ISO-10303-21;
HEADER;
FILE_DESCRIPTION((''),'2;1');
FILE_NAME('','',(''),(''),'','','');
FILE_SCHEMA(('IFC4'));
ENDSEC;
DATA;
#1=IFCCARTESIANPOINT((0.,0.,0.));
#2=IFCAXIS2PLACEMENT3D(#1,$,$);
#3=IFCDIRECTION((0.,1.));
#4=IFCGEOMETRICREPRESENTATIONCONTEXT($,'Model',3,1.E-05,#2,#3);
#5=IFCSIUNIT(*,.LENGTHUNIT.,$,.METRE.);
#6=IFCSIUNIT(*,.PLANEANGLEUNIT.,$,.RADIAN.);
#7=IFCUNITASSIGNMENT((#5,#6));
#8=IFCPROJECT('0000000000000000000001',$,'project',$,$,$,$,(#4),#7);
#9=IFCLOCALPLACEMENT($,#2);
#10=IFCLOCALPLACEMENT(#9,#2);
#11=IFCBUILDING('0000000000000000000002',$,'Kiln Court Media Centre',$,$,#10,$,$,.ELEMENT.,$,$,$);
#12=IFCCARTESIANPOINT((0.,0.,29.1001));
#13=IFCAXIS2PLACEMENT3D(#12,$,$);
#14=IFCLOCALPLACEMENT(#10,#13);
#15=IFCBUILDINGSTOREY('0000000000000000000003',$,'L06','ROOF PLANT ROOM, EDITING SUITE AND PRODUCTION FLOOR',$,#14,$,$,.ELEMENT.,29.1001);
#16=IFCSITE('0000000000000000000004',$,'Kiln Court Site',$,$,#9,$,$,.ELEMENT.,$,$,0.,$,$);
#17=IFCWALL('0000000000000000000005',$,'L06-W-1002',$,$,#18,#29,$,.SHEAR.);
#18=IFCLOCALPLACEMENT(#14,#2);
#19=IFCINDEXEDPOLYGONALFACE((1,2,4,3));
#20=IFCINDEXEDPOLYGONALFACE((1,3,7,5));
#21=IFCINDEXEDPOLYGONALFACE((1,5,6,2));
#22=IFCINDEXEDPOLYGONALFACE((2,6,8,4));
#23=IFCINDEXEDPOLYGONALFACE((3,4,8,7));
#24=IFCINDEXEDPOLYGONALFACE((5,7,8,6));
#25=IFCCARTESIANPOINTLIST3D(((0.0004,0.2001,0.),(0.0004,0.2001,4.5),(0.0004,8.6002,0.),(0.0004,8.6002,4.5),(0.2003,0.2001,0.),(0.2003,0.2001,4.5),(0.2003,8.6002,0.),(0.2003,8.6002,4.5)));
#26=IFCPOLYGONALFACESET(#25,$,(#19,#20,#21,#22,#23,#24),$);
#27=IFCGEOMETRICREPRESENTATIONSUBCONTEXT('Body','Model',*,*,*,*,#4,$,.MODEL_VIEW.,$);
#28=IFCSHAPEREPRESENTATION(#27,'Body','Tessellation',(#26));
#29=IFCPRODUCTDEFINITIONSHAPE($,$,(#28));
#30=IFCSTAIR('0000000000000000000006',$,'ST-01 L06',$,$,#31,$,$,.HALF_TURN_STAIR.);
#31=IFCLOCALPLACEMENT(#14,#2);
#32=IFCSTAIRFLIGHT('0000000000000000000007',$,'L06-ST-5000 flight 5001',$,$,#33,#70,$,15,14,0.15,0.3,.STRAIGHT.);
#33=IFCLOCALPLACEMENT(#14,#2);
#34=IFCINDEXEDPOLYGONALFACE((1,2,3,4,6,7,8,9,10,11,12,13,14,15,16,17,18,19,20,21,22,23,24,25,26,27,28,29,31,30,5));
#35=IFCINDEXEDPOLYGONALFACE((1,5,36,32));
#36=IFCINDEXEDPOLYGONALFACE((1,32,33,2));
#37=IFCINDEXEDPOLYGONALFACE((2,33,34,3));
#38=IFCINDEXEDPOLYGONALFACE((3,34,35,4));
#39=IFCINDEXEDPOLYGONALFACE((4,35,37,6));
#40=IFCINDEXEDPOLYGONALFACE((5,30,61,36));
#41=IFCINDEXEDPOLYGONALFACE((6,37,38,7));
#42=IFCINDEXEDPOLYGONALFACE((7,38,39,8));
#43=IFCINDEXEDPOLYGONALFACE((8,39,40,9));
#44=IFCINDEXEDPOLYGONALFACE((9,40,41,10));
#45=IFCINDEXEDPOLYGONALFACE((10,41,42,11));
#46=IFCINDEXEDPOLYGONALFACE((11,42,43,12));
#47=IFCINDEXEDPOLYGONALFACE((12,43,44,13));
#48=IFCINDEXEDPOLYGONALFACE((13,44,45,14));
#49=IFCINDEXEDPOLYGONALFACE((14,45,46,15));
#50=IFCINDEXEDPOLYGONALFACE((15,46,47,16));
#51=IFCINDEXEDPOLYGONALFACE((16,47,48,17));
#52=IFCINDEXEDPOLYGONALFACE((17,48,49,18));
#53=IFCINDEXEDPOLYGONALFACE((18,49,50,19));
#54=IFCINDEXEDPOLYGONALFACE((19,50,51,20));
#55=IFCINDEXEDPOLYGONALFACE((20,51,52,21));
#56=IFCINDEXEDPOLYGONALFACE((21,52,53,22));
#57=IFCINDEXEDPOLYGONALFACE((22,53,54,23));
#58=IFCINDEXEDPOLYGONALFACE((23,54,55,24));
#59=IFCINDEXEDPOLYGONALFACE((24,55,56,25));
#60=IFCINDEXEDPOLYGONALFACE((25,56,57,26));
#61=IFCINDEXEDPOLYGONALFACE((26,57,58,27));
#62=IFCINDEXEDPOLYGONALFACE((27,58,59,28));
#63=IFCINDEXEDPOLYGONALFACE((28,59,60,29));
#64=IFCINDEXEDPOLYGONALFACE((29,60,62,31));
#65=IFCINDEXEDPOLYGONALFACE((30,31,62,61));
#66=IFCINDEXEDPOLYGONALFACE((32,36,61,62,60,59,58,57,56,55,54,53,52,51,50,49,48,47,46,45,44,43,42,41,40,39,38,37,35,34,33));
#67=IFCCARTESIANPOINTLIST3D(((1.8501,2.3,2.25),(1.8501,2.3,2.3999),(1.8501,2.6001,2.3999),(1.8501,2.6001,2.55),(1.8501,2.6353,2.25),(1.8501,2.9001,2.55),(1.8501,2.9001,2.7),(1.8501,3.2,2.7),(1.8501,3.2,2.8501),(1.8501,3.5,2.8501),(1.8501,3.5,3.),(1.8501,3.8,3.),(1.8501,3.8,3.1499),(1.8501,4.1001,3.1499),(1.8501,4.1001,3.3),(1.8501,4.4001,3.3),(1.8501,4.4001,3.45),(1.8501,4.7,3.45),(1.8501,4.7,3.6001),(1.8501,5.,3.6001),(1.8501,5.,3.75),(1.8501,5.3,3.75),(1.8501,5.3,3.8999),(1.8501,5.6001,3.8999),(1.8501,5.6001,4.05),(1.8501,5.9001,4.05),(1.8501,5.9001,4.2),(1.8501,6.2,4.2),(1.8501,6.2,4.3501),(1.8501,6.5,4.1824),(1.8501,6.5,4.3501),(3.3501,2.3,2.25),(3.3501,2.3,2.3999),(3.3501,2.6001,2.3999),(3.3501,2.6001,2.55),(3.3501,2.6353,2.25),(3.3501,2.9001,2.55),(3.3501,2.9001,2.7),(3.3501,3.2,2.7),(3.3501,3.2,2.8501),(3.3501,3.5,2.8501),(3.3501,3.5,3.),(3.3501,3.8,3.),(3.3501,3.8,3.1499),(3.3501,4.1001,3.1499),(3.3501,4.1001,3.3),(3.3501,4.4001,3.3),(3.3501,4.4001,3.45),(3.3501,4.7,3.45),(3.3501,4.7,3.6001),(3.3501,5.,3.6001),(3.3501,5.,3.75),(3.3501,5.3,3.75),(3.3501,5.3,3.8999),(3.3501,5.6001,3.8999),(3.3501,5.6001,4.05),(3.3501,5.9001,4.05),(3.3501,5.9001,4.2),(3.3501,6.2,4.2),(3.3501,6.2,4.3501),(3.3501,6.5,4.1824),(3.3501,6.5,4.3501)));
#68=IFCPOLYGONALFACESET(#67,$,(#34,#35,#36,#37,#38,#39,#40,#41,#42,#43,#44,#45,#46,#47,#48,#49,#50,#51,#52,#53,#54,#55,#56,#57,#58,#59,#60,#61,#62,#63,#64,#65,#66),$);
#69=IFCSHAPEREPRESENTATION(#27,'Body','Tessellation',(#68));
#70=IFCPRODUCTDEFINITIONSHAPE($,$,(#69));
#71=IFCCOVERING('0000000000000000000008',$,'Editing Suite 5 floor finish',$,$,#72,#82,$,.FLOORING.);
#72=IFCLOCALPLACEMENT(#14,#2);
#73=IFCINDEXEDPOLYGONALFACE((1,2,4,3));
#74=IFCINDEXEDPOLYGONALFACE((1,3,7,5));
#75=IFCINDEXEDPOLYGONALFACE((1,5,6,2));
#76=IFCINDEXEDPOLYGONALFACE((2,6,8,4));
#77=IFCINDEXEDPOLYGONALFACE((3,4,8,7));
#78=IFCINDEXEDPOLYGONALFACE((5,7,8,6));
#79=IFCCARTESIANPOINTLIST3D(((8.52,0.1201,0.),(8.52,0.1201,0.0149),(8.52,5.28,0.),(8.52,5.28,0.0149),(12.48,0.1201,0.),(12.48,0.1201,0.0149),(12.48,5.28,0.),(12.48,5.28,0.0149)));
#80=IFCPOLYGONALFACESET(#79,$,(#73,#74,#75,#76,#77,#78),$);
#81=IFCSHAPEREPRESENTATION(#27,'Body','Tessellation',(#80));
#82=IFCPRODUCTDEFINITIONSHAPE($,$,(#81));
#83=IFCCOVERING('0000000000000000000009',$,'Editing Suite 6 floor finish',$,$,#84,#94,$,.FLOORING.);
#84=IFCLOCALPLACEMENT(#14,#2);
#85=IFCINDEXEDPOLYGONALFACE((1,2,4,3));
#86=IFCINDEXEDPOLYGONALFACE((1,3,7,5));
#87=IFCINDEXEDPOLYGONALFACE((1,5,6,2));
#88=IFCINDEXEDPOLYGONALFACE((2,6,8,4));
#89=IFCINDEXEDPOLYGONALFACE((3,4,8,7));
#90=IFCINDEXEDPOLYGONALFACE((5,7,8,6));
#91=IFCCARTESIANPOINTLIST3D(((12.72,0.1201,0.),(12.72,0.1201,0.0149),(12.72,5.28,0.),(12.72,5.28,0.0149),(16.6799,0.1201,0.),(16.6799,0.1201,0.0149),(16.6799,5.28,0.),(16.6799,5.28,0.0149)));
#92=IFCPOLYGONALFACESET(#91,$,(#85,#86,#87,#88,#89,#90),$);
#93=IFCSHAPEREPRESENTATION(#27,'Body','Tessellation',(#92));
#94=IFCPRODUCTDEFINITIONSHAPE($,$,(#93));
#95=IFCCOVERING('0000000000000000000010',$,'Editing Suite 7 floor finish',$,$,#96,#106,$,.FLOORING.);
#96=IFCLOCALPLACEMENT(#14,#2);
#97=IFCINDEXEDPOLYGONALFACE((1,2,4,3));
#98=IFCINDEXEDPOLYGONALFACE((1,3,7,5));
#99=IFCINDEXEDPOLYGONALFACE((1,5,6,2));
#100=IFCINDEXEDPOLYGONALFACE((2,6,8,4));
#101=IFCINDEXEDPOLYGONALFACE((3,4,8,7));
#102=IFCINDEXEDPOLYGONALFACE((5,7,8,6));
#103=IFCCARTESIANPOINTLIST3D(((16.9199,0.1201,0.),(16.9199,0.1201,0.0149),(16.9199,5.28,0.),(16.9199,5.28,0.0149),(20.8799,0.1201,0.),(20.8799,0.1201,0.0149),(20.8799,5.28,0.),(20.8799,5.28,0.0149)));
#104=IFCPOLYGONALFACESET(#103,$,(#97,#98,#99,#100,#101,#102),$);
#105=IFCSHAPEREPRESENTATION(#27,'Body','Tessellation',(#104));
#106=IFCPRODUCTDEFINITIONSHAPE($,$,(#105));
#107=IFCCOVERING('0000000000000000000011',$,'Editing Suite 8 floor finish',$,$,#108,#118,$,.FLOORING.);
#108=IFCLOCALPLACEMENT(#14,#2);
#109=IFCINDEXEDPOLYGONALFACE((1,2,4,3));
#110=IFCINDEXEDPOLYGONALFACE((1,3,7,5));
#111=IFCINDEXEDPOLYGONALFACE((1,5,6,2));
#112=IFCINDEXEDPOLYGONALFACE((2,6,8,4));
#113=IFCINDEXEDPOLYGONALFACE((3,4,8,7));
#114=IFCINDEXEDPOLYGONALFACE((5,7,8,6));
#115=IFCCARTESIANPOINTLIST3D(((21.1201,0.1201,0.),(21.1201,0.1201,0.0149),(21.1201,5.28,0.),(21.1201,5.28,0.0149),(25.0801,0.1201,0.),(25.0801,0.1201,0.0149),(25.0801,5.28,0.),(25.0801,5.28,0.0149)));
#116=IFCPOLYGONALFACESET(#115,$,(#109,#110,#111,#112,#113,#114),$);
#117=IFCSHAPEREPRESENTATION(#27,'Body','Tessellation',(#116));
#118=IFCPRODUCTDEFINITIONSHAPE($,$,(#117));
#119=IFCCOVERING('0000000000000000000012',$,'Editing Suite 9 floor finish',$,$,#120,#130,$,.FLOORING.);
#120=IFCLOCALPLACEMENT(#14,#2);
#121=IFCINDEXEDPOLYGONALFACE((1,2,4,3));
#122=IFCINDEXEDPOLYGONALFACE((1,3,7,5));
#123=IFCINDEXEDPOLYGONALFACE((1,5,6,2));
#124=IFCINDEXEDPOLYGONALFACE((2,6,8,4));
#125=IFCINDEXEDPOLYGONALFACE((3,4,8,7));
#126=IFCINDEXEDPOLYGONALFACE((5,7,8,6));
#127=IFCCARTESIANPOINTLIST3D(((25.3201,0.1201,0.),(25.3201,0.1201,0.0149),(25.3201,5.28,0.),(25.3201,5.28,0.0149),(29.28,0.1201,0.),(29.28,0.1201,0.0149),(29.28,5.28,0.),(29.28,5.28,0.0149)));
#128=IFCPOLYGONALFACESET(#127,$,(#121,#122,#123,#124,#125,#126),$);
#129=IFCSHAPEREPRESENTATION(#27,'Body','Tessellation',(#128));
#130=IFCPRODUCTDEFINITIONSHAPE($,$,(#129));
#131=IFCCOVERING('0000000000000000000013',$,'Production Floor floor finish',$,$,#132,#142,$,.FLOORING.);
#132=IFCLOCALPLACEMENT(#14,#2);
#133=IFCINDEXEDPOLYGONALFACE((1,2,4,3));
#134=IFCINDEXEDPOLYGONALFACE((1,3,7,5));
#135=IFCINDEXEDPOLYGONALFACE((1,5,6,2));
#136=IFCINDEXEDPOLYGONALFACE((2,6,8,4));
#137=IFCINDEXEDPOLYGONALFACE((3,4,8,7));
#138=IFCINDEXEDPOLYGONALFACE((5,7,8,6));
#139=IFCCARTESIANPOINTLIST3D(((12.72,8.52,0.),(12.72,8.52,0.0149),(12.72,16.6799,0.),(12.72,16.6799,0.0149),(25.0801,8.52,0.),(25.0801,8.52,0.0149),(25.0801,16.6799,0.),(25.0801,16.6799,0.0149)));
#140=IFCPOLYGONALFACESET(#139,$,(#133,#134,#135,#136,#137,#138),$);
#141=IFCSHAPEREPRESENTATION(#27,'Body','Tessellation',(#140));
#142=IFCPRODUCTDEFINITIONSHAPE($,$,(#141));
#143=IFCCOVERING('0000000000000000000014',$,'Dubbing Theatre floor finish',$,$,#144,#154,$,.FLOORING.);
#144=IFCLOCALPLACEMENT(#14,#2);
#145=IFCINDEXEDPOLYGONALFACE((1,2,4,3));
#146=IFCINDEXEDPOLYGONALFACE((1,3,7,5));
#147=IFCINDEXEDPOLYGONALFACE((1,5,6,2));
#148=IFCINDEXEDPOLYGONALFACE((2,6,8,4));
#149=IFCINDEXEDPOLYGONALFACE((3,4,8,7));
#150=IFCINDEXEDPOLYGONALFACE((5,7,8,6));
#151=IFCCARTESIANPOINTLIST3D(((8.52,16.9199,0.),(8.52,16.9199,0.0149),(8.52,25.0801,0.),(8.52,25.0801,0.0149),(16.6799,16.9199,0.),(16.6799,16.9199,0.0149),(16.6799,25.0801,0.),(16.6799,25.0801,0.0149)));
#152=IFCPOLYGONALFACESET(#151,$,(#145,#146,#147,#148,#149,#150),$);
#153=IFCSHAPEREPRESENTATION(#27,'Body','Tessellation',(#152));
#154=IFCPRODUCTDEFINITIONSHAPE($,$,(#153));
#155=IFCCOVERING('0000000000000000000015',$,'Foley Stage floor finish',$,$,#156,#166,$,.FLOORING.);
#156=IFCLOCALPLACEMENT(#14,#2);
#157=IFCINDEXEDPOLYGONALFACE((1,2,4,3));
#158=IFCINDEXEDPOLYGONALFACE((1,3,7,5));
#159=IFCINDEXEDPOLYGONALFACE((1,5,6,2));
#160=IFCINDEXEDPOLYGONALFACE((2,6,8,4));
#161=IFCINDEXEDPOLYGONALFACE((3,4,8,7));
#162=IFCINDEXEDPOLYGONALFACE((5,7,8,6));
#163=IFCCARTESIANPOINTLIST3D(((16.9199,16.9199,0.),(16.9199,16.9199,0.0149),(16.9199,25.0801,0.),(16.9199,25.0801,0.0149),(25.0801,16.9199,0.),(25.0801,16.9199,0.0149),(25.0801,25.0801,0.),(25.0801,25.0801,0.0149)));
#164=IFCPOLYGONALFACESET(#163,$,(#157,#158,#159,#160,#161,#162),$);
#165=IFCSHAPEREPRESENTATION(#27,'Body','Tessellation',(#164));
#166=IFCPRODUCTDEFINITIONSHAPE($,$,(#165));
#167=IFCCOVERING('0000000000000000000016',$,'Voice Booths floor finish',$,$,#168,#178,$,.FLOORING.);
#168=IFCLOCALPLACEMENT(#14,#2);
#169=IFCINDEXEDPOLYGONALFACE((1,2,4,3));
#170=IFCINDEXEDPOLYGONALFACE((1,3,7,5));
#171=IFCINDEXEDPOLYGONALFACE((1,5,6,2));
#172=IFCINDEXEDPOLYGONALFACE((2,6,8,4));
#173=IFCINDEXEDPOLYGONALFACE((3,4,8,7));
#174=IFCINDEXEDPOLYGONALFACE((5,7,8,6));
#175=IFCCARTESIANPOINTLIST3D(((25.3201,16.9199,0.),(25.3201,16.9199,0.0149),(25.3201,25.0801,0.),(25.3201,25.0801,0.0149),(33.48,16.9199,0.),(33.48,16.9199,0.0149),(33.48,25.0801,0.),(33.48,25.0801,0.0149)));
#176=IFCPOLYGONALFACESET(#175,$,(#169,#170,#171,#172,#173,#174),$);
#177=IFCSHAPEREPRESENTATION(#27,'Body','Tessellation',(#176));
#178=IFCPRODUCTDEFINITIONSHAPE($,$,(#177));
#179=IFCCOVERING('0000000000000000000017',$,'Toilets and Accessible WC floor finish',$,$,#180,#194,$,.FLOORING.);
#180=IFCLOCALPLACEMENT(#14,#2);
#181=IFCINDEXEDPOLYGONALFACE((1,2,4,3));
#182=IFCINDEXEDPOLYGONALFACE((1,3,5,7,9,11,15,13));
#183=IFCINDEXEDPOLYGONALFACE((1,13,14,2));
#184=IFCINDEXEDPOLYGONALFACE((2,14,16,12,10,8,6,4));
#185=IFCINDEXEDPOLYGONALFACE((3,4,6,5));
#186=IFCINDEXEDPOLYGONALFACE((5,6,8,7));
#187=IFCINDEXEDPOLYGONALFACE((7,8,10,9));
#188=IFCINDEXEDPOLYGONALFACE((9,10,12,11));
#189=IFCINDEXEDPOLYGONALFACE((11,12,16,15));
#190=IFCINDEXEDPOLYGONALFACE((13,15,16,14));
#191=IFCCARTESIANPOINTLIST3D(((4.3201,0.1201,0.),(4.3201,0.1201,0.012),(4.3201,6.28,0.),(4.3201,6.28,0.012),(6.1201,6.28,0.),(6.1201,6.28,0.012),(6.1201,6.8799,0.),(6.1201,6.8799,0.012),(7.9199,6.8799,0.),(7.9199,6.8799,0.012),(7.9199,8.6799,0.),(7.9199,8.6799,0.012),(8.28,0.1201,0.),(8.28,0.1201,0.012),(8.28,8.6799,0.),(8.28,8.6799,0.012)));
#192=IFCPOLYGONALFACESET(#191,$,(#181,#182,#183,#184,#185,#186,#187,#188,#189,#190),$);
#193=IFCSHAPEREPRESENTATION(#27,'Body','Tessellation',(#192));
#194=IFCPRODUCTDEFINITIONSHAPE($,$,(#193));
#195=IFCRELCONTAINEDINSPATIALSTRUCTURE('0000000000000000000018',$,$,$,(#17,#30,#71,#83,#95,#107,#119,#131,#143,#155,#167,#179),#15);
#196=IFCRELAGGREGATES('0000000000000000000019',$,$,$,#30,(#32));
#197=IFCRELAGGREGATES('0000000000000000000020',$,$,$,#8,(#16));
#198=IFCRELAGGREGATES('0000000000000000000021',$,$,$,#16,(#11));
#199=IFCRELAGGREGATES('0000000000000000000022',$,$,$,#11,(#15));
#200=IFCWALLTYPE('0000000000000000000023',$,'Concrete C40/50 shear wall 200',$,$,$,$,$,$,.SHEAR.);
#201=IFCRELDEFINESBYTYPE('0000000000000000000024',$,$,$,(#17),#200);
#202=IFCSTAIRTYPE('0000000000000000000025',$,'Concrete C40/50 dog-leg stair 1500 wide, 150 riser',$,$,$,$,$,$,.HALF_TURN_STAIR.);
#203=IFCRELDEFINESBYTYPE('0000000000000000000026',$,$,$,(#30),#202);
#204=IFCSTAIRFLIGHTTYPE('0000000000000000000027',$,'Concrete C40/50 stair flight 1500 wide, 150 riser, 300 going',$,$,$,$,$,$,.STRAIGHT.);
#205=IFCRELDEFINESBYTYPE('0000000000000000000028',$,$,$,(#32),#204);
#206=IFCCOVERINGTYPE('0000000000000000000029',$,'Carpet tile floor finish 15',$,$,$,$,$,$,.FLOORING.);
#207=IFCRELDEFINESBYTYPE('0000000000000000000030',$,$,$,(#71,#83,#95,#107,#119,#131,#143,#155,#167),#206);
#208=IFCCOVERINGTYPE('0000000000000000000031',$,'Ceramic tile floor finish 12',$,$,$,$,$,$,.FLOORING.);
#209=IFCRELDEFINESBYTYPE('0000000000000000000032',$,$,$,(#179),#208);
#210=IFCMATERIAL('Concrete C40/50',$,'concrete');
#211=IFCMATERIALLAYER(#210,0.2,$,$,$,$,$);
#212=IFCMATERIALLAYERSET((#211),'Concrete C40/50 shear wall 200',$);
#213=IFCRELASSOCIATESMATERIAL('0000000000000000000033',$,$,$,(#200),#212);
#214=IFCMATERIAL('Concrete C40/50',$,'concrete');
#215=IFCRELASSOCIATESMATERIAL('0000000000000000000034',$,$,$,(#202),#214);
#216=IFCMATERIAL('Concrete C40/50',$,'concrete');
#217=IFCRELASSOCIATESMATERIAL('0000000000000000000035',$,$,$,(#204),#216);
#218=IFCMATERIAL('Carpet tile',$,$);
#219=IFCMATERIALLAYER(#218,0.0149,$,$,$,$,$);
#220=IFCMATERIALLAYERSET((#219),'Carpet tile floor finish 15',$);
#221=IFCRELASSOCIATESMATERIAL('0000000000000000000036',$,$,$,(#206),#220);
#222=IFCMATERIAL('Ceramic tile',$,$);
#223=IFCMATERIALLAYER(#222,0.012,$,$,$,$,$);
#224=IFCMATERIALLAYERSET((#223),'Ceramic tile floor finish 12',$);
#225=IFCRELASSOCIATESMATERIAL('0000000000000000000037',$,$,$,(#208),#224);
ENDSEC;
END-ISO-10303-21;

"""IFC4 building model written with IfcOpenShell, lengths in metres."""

from ifc_helpers import new_model, si_unit, direction, frame, frame_2d, origin, place, context, subcontext, project, spatial, polyline, rectangle, outline, extrude, material, layer, layer_set, type_object, element, aggregate, save


model = new_model("IFC4")

# Units and contexts
model_context = context("Model", 3, precision=1e-05, world=origin(), true_north=direction((0.0, 1.0)))
body_context = subcontext(model_context, "Body", "Model", "MODEL_VIEW")
ifc_project = project(units=[si_unit("LENGTHUNIT", "METRE"), si_unit("PLANEANGLEUNIT", "RADIAN")], contexts=[model_context])

# Site, building, storey
site_placement = place(None, origin())
site = spatial("IfcSite", under=ifc_project, at=site_placement, Name="Kiln Court Site", CompositionType="ELEMENT", RefElevation=0.0)
building_placement = place(site_placement, origin())
building = spatial("IfcBuilding", under=site, at=building_placement, Name="Kiln Court Media Centre", CompositionType="ELEMENT")
storey_placement = place(building_placement, frame((0.0, 0.0, 29.1001)))
storey = spatial("IfcBuildingStorey", under=building, at=storey_placement, Name="L06", Description="ROOF PLANT ROOM, EDITING SUITE AND PRODUCTION FLOOR", CompositionType="ELEMENT", Elevation=29.1001)

# Wall
ifc_material_1 = material(Name="Concrete C40/50", Category="concrete")
ifc_layer_1 = layer(ifc_material_1, 0.2)
ifc_layer_set_1 = layer_set([ifc_layer_1], Name="Concrete C40/50 shear wall 200")
wall_type = type_object("IfcWallType", Name="Concrete C40/50 shear wall 200", PredefinedType="SHEAR", material=ifc_layer_set_1)
wall_placement = place(storey_placement, frame((0.1003, 0.2, 0.0), z_axis=(0.0, 0.0, 1.0), x_axis=(0.0, 1.0, 0.0)))
element("IfcWall", 1, at=wall_placement, inside=storey, type_object=wall_type, Name="L06-W-1002", PredefinedType="SHEAR", context=body_context, shape_type="SweptSolid", body=[
    extrude(rectangle(XDim=8.4001, YDim=0.2, at=frame_2d((4.2002, 0.0))), origin(), (0.0, 0.0, 1.0), 4.5),
])

# Stair, stair flight
ifc_material_2 = material(Name="Concrete C40/50", Category="concrete")
stair_type = type_object("IfcStairType", Name="Concrete C40/50 dog-leg stair 1500 wide, 150 riser", PredefinedType="HALF_TURN_STAIR", material=ifc_material_2)
stair_placement = place(storey_placement, origin())
stair = element("IfcStair", 2, at=stair_placement, inside=storey, type_object=stair_type, Name="ST-01 L06", PredefinedType="HALF_TURN_STAIR")
ifc_material_3 = material(Name="Concrete C40/50", Category="concrete")
stair_flight_type = type_object("IfcStairFlightType", Name="Concrete C40/50 stair flight 1500 wide, 150 riser, 300 going", PredefinedType="STRAIGHT", material=ifc_material_3)
stair_flight_placement = place(storey_placement, frame((2.6001, 2.3, 2.25), z_axis=(0.0, 0.0, 1.0), x_axis=(0.0, 1.0, 0.0)))
stair_flight = element("IfcStairFlight", 3, at=stair_flight_placement, type_object=stair_flight_type, Name="L06-ST-5000 flight 5001", NumberOfRisers=15, NumberOfTreads=14, PredefinedType="STRAIGHT", RiserHeight=0.15, TreadLength=0.3, context=body_context, shape_type="SweptSolid", body=[
    extrude(outline(polyline([(0.0, 0.0), (0.0, 0.1499), (0.3, 0.1499), (0.3, 0.3), (0.6001, 0.3), (0.6001, 0.45), (0.8999, 0.45), (0.8999, 0.6001), (1.2, 0.6001), (1.2, 0.75), (1.5, 0.75), (1.5, 0.8999), (1.8, 0.8999), (1.8, 1.05), (2.1001, 1.05), (2.1001, 1.2), (2.3999, 1.2), (2.3999, 1.3501), (2.7, 1.3501), (2.7, 1.5), (3.0, 1.5), (3.0, 1.6499), (3.3, 1.6499), (3.3, 1.8), (3.6001, 1.8), (3.6001, 1.95), (3.8999, 1.95), (3.8999, 2.1001), (4.2, 2.1001), (4.2, 2.25), (4.2, 1.9324), (0.3352, 0.0), (0.0, 0.0)])), frame((0.0, 0.75, 0.0), z_axis=(0.0, -1.0, 0.0), x_axis=(1.0, 0.0, 0.0)), (0.0, 0.0, 1.0), 1.5),
])
aggregate(stair, [stair_flight])

# Coverings
ifc_material_4 = material(Name="Carpet tile")
ifc_layer_2 = layer(ifc_material_4, 0.0149)
ifc_layer_set_2 = layer_set([ifc_layer_2], Name="Carpet tile floor finish 15")
covering_type_1 = type_object("IfcCoveringType", Name="Carpet tile floor finish 15", PredefinedType="FLOORING", material=ifc_layer_set_2)
covering_1_placement = place(storey_placement, origin())
element("IfcCovering", 4, at=covering_1_placement, inside=storey, type_object=covering_type_1, Name="Editing Suite 5 floor finish", PredefinedType="FLOORING", context=body_context, shape_type="SweptSolid", body=[
    extrude(outline(polyline([(8.52, 0.1201), (12.48, 0.1201), (12.48, 5.28), (8.52, 5.28), (8.52, 0.1201)])), origin(), (0.0, 0.0, 1.0), 0.0149),
])
covering_2_placement = place(storey_placement, origin())
element("IfcCovering", 5, at=covering_2_placement, inside=storey, type_object=covering_type_1, Name="Editing Suite 6 floor finish", PredefinedType="FLOORING", context=body_context, shape_type="SweptSolid", body=[
    extrude(outline(polyline([(12.72, 0.1201), (16.6799, 0.1201), (16.6799, 5.28), (12.72, 5.28), (12.72, 0.1201)])), origin(), (0.0, 0.0, 1.0), 0.0149),
])
covering_3_placement = place(storey_placement, origin())
element("IfcCovering", 6, at=covering_3_placement, inside=storey, type_object=covering_type_1, Name="Editing Suite 7 floor finish", PredefinedType="FLOORING", context=body_context, shape_type="SweptSolid", body=[
    extrude(outline(polyline([(16.9199, 0.1201), (20.8799, 0.1201), (20.8799, 5.28), (16.9199, 5.28), (16.9199, 0.1201)])), origin(), (0.0, 0.0, 1.0), 0.0149),
])
covering_4_placement = place(storey_placement, origin())
element("IfcCovering", 7, at=covering_4_placement, inside=storey, type_object=covering_type_1, Name="Editing Suite 8 floor finish", PredefinedType="FLOORING", context=body_context, shape_type="SweptSolid", body=[
    extrude(outline(polyline([(21.1201, 0.1201), (25.0801, 0.1201), (25.0801, 5.28), (21.1201, 5.28), (21.1201, 0.1201)])), origin(), (0.0, 0.0, 1.0), 0.0149),
])
covering_5_placement = place(storey_placement, origin())
element("IfcCovering", 8, at=covering_5_placement, inside=storey, type_object=covering_type_1, Name="Editing Suite 9 floor finish", PredefinedType="FLOORING", context=body_context, shape_type="SweptSolid", body=[
    extrude(outline(polyline([(25.3201, 0.1201), (29.28, 0.1201), (29.28, 5.28), (25.3201, 5.28), (25.3201, 0.1201)])), origin(), (0.0, 0.0, 1.0), 0.0149),
])
covering_6_placement = place(storey_placement, origin())
element("IfcCovering", 9, at=covering_6_placement, inside=storey, type_object=covering_type_1, Name="Production Floor floor finish", PredefinedType="FLOORING", context=body_context, shape_type="SweptSolid", body=[
    extrude(outline(polyline([(12.72, 8.52), (25.0801, 8.52), (25.0801, 16.6799), (12.72, 16.6799), (12.72, 8.52)])), origin(), (0.0, 0.0, 1.0), 0.0149),
])
covering_7_placement = place(storey_placement, origin())
element("IfcCovering", 10, at=covering_7_placement, inside=storey, type_object=covering_type_1, Name="Dubbing Theatre floor finish", PredefinedType="FLOORING", context=body_context, shape_type="SweptSolid", body=[
    extrude(outline(polyline([(8.52, 16.9199), (16.6799, 16.9199), (16.6799, 25.0801), (8.52, 25.0801), (8.52, 16.9199)])), origin(), (0.0, 0.0, 1.0), 0.0149),
])
covering_8_placement = place(storey_placement, origin())
element("IfcCovering", 11, at=covering_8_placement, inside=storey, type_object=covering_type_1, Name="Foley Stage floor finish", PredefinedType="FLOORING", context=body_context, shape_type="SweptSolid", body=[
    extrude(outline(polyline([(16.9199, 16.9199), (25.0801, 16.9199), (25.0801, 25.0801), (16.9199, 25.0801), (16.9199, 16.9199)])), origin(), (0.0, 0.0, 1.0), 0.0149),
])
covering_9_placement = place(storey_placement, origin())
element("IfcCovering", 12, at=covering_9_placement, inside=storey, type_object=covering_type_1, Name="Voice Booths floor finish", PredefinedType="FLOORING", context=body_context, shape_type="SweptSolid", body=[
    extrude(outline(polyline([(25.3201, 16.9199), (33.48, 16.9199), (33.48, 25.0801), (25.3201, 25.0801), (25.3201, 16.9199)])), origin(), (0.0, 0.0, 1.0), 0.0149),
])
ifc_material_5 = material(Name="Ceramic tile")
ifc_layer_3 = layer(ifc_material_5, 0.012)
ifc_layer_set_3 = layer_set([ifc_layer_3], Name="Ceramic tile floor finish 12")
covering_type_2 = type_object("IfcCoveringType", Name="Ceramic tile floor finish 12", PredefinedType="FLOORING", material=ifc_layer_set_3)
covering_10_placement = place(storey_placement, origin())
element("IfcCovering", 13, at=covering_10_placement, inside=storey, type_object=covering_type_2, Name="Toilets and Accessible WC floor finish", PredefinedType="FLOORING", context=body_context, shape_type="SweptSolid", body=[
    extrude(outline(polyline([(8.28, 8.6799), (7.9199, 8.6799), (7.9199, 6.8799), (6.1201, 6.8799), (6.1201, 6.28), (4.3201, 6.28), (4.3201, 0.1201), (8.28, 0.1201), (8.28, 8.6799)])), origin(), (0.0, 0.0, 1.0), 0.012),
])

save(model, "model.ifc")
